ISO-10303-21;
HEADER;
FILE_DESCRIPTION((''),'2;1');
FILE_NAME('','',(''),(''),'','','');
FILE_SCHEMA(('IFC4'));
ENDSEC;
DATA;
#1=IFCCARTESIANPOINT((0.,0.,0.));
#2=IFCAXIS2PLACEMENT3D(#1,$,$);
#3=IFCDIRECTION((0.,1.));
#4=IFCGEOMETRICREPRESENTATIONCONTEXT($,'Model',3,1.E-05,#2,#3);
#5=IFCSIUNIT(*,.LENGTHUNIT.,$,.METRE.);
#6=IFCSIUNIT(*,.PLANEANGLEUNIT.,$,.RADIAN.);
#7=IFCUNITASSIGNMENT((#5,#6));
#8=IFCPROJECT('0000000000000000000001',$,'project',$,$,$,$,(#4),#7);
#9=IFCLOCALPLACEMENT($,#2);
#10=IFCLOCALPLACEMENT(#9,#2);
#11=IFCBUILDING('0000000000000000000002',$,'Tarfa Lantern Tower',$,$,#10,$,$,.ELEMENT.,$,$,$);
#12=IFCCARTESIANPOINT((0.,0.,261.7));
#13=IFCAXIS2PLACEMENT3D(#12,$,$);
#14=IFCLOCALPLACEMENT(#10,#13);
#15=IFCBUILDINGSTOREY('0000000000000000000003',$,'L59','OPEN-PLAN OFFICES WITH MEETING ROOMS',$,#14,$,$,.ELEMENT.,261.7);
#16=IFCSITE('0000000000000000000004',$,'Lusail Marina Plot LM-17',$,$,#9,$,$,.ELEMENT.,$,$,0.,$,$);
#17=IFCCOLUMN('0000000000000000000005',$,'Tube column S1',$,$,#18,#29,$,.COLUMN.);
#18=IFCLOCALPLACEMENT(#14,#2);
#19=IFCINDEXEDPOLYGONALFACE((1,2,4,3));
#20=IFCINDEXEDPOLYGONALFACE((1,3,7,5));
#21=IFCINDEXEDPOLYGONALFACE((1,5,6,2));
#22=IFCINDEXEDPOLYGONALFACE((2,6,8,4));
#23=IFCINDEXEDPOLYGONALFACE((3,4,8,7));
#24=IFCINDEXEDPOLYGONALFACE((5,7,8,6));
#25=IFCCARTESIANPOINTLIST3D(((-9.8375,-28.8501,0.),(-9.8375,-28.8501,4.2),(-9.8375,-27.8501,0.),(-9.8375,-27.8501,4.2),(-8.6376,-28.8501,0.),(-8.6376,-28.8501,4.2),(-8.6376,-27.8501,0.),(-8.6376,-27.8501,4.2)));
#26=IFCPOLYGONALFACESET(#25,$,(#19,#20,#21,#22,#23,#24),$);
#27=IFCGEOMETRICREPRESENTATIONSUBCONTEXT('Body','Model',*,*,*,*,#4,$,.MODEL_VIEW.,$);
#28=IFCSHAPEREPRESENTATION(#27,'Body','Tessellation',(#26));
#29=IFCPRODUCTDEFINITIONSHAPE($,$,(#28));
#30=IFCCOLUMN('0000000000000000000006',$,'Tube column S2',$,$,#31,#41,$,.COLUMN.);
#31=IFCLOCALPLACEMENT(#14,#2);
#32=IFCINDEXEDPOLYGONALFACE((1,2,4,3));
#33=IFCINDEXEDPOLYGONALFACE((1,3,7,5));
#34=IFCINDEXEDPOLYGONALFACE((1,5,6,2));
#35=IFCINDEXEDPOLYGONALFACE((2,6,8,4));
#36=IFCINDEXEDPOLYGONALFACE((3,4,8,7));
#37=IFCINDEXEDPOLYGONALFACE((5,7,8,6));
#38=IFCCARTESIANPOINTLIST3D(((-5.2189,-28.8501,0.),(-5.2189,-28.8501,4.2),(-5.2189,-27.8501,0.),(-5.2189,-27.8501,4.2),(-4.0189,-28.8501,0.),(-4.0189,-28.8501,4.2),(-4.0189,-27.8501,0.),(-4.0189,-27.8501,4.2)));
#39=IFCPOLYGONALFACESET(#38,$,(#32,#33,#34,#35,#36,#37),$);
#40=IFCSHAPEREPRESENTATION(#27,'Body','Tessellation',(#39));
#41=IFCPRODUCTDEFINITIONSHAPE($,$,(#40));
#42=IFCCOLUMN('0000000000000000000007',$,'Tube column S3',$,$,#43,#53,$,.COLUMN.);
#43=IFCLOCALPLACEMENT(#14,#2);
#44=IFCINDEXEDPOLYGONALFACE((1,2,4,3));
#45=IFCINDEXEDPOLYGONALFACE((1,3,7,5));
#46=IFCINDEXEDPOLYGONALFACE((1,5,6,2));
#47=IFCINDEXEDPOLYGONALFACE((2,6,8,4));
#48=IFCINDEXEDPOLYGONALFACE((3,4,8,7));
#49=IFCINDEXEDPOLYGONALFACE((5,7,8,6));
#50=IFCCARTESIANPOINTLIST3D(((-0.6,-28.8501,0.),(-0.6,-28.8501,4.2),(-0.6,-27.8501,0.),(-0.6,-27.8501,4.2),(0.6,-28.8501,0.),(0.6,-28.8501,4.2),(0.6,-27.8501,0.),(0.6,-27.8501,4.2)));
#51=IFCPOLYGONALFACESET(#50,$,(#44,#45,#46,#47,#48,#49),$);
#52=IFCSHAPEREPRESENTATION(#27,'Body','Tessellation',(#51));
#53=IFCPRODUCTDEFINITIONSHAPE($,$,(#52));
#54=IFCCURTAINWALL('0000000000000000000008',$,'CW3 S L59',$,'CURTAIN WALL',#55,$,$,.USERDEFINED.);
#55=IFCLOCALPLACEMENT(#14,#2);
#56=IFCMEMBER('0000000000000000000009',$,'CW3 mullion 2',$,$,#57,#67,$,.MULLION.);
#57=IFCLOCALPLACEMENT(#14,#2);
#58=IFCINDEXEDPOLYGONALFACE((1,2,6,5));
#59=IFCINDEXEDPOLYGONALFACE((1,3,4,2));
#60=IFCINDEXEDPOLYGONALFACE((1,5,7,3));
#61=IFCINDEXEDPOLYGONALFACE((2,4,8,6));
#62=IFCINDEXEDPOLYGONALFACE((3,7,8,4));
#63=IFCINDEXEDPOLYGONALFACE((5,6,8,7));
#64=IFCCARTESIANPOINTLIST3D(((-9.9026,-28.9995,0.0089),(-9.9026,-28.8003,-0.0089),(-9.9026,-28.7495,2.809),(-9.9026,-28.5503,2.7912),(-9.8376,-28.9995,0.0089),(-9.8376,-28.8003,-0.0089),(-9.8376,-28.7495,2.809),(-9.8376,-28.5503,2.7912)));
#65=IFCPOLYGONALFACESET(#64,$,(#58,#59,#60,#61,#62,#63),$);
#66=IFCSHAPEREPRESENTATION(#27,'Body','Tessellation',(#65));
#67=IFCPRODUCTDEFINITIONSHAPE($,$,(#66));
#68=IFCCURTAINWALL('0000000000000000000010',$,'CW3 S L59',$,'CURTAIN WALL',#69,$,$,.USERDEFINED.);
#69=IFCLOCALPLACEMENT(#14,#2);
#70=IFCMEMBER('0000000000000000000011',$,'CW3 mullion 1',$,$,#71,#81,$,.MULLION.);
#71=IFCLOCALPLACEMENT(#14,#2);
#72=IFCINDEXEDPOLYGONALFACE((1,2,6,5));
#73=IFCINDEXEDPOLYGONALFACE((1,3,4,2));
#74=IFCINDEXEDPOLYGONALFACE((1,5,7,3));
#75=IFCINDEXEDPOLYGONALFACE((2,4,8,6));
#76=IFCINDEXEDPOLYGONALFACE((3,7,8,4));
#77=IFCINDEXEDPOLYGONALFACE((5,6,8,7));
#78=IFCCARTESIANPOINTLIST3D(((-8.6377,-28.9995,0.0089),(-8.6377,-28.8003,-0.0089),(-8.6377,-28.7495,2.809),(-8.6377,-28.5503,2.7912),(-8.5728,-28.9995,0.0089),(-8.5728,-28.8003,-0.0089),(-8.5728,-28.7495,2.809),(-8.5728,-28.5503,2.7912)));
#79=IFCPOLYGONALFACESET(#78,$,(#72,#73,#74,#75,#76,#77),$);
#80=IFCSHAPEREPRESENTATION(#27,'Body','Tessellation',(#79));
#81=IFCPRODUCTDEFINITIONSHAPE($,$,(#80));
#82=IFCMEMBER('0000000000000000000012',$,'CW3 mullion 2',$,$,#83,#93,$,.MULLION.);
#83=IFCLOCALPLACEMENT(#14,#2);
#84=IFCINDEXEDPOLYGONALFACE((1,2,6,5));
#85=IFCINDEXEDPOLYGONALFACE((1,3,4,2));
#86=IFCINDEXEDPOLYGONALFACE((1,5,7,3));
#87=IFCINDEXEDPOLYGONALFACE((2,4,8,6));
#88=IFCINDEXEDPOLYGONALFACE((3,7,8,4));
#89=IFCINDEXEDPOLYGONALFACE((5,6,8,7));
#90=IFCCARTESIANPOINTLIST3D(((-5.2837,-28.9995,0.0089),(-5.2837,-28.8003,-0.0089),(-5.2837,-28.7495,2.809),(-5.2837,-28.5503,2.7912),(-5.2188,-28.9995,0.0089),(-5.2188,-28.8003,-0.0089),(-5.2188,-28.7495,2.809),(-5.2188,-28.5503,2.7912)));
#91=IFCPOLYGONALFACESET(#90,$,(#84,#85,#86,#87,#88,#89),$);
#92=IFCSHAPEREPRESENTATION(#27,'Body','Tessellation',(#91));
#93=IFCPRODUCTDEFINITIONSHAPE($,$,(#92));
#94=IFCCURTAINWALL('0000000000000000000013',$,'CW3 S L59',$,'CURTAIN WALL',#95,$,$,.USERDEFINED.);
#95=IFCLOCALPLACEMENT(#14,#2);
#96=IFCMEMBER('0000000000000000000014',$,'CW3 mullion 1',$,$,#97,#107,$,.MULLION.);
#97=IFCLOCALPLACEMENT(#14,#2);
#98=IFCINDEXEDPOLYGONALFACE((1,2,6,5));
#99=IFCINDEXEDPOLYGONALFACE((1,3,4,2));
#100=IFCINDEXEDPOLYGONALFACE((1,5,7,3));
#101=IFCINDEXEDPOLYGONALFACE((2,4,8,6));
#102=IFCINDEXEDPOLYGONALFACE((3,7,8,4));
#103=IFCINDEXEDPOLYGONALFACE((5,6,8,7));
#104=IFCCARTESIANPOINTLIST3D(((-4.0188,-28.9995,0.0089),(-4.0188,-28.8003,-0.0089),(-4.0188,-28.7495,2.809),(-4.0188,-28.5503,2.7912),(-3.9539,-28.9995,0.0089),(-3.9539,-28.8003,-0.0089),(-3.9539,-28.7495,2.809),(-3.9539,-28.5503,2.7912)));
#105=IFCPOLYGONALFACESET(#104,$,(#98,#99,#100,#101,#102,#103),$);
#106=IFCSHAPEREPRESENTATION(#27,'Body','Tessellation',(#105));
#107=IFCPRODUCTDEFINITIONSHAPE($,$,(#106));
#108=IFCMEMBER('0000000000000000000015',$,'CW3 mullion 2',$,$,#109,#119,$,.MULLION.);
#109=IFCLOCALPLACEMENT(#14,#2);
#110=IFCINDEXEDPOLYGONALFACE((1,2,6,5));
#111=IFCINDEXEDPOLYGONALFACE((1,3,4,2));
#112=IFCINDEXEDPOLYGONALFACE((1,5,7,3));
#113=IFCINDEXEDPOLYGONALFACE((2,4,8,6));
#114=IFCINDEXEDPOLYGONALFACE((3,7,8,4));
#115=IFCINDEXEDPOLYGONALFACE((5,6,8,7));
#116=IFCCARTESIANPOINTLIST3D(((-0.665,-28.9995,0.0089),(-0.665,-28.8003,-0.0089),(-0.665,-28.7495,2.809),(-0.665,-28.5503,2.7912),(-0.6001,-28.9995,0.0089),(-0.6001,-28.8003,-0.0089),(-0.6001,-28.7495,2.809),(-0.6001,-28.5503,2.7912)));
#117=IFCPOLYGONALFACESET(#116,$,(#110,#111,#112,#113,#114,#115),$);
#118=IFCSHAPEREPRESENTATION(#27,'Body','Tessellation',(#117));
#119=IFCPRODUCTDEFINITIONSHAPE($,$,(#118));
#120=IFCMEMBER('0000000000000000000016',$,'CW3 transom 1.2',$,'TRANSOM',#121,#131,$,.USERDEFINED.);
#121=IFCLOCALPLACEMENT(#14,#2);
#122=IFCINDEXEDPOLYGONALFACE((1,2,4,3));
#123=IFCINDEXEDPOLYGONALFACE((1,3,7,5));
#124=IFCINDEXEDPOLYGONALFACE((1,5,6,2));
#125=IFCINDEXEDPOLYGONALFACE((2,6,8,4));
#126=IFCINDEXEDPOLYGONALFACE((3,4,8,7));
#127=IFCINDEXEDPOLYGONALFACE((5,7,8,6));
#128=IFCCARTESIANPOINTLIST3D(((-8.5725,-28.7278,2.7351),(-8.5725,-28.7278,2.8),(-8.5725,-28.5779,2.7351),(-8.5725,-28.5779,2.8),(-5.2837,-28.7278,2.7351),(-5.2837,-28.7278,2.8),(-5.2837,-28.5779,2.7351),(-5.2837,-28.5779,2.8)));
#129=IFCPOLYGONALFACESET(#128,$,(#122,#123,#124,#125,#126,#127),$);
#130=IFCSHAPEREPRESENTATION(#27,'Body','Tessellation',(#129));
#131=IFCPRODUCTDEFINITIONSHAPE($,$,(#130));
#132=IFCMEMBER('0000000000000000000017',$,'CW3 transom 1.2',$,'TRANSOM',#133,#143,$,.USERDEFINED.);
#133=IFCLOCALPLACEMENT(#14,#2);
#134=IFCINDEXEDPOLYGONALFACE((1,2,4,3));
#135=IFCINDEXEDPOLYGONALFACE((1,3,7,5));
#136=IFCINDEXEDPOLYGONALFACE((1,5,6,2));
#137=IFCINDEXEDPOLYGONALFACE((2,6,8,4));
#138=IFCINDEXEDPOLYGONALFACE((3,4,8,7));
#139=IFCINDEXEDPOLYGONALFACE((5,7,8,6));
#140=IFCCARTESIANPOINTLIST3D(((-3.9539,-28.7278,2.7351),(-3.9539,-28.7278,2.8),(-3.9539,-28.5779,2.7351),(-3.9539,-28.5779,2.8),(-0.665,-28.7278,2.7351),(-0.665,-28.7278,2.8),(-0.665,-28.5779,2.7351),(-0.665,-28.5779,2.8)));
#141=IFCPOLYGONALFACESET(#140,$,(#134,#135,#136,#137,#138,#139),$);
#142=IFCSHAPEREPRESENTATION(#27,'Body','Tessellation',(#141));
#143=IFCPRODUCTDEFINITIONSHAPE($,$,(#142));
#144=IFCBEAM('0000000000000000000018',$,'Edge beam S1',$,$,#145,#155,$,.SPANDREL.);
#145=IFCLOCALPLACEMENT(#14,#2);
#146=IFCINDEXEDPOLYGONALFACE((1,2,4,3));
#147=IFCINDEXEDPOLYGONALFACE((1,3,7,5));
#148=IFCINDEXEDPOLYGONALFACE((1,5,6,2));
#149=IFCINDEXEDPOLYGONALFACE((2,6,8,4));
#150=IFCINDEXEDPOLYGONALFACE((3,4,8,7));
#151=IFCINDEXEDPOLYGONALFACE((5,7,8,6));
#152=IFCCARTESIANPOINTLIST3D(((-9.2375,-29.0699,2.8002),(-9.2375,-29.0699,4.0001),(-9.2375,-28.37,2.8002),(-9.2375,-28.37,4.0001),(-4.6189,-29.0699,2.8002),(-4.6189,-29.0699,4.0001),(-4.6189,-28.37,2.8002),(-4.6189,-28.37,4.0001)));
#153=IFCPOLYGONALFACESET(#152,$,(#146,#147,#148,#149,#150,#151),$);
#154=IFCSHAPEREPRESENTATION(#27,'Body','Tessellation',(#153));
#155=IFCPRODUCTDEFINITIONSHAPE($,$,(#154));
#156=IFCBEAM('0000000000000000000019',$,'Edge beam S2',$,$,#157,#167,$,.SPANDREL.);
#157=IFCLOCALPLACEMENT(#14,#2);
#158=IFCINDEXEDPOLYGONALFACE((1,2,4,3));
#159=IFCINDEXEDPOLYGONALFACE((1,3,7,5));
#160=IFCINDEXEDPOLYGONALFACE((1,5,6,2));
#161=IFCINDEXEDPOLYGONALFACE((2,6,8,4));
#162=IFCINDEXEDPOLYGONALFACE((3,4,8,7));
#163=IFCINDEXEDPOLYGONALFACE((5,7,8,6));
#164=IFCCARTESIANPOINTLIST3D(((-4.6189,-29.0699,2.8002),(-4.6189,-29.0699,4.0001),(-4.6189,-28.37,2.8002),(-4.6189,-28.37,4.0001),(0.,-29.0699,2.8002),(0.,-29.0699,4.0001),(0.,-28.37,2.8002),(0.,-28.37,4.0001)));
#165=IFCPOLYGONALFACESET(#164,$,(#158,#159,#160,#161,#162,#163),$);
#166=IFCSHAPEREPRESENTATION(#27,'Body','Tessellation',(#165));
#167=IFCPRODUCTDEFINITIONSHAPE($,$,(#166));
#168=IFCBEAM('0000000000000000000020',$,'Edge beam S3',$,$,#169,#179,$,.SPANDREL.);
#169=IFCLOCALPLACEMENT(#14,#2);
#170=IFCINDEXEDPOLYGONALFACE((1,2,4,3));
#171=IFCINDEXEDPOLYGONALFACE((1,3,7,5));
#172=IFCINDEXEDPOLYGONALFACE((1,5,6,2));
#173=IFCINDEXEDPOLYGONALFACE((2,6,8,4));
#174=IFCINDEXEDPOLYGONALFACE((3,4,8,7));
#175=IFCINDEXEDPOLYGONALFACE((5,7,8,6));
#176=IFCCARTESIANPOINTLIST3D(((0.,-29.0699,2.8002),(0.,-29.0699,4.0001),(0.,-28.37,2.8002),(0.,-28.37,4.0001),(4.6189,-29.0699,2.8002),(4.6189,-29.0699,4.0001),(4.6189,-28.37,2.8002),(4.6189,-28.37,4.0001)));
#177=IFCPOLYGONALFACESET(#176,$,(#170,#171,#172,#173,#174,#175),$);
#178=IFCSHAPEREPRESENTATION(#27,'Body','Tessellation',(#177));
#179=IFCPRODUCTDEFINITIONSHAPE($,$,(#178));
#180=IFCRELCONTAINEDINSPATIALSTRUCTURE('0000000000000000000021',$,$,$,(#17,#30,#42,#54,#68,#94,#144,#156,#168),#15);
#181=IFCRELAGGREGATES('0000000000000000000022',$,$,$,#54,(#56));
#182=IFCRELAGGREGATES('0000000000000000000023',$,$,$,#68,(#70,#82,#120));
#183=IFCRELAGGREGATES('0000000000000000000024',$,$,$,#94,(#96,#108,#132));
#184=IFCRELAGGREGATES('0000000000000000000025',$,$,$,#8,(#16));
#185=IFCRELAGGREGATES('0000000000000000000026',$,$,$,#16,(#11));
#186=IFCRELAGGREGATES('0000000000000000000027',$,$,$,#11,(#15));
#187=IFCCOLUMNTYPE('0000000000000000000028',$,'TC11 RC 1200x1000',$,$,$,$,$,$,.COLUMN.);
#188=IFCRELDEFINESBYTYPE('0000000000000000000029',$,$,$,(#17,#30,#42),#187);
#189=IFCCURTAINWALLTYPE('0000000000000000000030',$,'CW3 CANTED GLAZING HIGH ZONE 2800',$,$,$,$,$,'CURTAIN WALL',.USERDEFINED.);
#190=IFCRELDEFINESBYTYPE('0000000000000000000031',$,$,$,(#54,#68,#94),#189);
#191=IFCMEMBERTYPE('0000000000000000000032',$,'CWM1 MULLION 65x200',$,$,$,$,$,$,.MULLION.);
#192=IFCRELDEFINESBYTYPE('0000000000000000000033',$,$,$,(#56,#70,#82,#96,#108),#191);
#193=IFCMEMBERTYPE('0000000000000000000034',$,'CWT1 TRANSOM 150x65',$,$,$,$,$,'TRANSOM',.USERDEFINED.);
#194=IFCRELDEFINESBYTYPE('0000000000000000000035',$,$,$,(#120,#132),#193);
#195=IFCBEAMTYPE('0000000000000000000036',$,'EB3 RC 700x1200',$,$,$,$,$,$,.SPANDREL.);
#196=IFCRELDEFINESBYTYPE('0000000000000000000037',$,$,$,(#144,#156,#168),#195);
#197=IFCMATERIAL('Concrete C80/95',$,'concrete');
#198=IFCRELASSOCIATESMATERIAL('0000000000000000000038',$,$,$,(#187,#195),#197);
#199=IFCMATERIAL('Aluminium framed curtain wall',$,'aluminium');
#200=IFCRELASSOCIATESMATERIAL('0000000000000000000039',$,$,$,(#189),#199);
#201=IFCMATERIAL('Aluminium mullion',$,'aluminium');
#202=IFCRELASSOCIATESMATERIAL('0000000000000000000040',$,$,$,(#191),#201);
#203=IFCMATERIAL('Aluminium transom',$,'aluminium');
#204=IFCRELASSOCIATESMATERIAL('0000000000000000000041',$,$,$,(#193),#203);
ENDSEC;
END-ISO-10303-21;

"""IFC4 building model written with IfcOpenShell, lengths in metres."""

from ifc_helpers import new_model, si_unit, direction, frame, origin, origin_2d, place, context, subcontext, project, spatial, rectangle, extrude, material, material_profile, profile_set, type_object, element, aggregate, save


model = new_model("IFC4")

# Units and contexts
model_context = context("Model", 3, precision=1e-05, world=origin(), true_north=direction((0.0, 1.0)))
body_context = subcontext(model_context, "Body", "Model", "MODEL_VIEW")
ifc_project = project(units=[si_unit("LENGTHUNIT", "METRE"), si_unit("PLANEANGLEUNIT", "RADIAN")], contexts=[model_context])

# Site, building, storey
site_placement = place(None, origin())
site = spatial("IfcSite", under=ifc_project, at=site_placement, Name="Lusail Marina Plot LM-17", CompositionType="ELEMENT", RefElevation=0.0)
building_placement = place(site_placement, origin())
building = spatial("IfcBuilding", under=site, at=building_placement, Name="Tarfa Lantern Tower", CompositionType="ELEMENT")
storey_placement = place(building_placement, frame((0.0, 0.0, 261.7)))
storey = spatial("IfcBuildingStorey", under=building, at=storey_placement, Name="L59", Description="OPEN-PLAN OFFICES WITH MEETING ROOMS", CompositionType="ELEMENT", Elevation=261.7)

# Columns
ifc_material_1 = material(Name="Concrete C80/95", Category="concrete")
ifc_material_profile_1 = material_profile(ifc_material_1, rectangle(XDim=1.2, YDim=1.0, at=origin_2d()), Name="RC 1200x1000")
ifc_profile_set_1 = profile_set([ifc_material_profile_1], Name="Concrete C80/95")
column_type = type_object("IfcColumnType", Name="TC11 RC 1200x1000", PredefinedType="COLUMN", material=ifc_profile_set_1)
for number, where, z_axis, x_axis, name in (
    (1, (-9.2375, -28.3501, 0.0), (0.0, 0.0, 1.0), (1.0, 0.0, 0.0), "Tube column S1"),
    (2, (-4.6189, -28.3501, 0.0), (0.0, 0.0, 1.0), (1.0, 0.0, 0.0), "Tube column S2"),
    (3, (0.0, -28.3501, 0.0), (0.0, 0.0, 1.0), (1.0, 0.0, 0.0), "Tube column S3"),
):
    element("IfcColumn", number, at=place(storey_placement, frame(where, z_axis=z_axis, x_axis=x_axis)), inside=storey, type_object=column_type, Name=name, PredefinedType="COLUMN", context=body_context, shape_type="SweptSolid", body=[
        extrude(rectangle(XDim=1.2, YDim=1.0, at=origin_2d()), origin(), (0.0, 0.0, 1.0), 4.2),
    ])

# Curtain wall, member
ifc_material_2 = material(Name="Aluminium framed curtain wall", Category="aluminium")
curtain_wall_type = type_object("IfcCurtainWallType", Name="CW3 CANTED GLAZING HIGH ZONE 2800", ElementType="CURTAIN WALL", PredefinedType="USERDEFINED", material=ifc_material_2)
curtain_wall_1_placement = place(storey_placement, origin())
curtain_wall_1 = element("IfcCurtainWall", 4, at=curtain_wall_1_placement, inside=storey, type_object=curtain_wall_type, Name="CW3 S L59", ObjectType="CURTAIN WALL", PredefinedType="USERDEFINED")
ifc_material_3 = material(Name="Aluminium mullion", Category="aluminium")
ifc_material_profile_2 = material_profile(ifc_material_3, rectangle(XDim=0.0649, YDim=0.2, at=origin_2d()), Name="AL MULLION 65x200")
ifc_profile_set_2 = profile_set([ifc_material_profile_2], Name="Aluminium mullion")
member_type_1 = type_object("IfcMemberType", Name="CWM1 MULLION 65x200", PredefinedType="MULLION", material=ifc_profile_set_2)
member_1_placement = place(storey_placement, frame((-9.8701, -28.8999, 0.0), z_axis=(0.0, 0.08893, 0.996038), x_axis=(-1.0, 0.0, 0.0)))
member_1 = element("IfcMember", 5, at=member_1_placement, type_object=member_type_1, Name="CW3 mullion 2", PredefinedType="MULLION", context=body_context, shape_type="SweptSolid", body=[
    extrude(rectangle(XDim=0.0649, YDim=0.2, at=origin_2d()), origin(), (0.0, 0.0, 1.0), 2.8113),
])
aggregate(curtain_wall_1, [member_1])

# Curtain walls, members
curtain_wall_2_placement = place(storey_placement, origin())
curtain_wall_2 = element("IfcCurtainWall", 6, at=curtain_wall_2_placement, inside=storey, type_object=curtain_wall_type, Name="CW3 S L59", ObjectType="CURTAIN WALL", PredefinedType="USERDEFINED")
member_2_placement = place(storey_placement, frame((-8.6052, -28.8999, 0.0), z_axis=(0.0, 0.08893, 0.996038), x_axis=(-1.0, 0.0, 0.0)))
member_2 = element("IfcMember", 7, at=member_2_placement, type_object=member_type_1, Name="CW3 mullion 1", PredefinedType="MULLION", context=body_context, shape_type="SweptSolid", body=[
    extrude(rectangle(XDim=0.0649, YDim=0.2, at=origin_2d()), origin(), (0.0, 0.0, 1.0), 2.8113),
])
member_3_placement = place(storey_placement, frame((-5.2512, -28.8999, 0.0), z_axis=(0.0, 0.08893, 0.996038), x_axis=(-1.0, 0.0, 0.0)))
member_3 = element("IfcMember", 8, at=member_3_placement, type_object=member_type_1, Name="CW3 mullion 2", PredefinedType="MULLION", context=body_context, shape_type="SweptSolid", body=[
    extrude(rectangle(XDim=0.0649, YDim=0.2, at=origin_2d()), origin(), (0.0, 0.0, 1.0), 2.8113),
])
curtain_wall_3_placement = place(storey_placement, origin())
curtain_wall_3 = element("IfcCurtainWall", 9, at=curtain_wall_3_placement, inside=storey, type_object=curtain_wall_type, Name="CW3 S L59", ObjectType="CURTAIN WALL", PredefinedType="USERDEFINED")
member_4_placement = place(storey_placement, frame((-3.9863, -28.8999, 0.0), z_axis=(0.0, 0.08893, 0.996038), x_axis=(-1.0, 0.0, 0.0)))
member_4 = element("IfcMember", 10, at=member_4_placement, type_object=member_type_1, Name="CW3 mullion 1", PredefinedType="MULLION", context=body_context, shape_type="SweptSolid", body=[
    extrude(rectangle(XDim=0.0649, YDim=0.2, at=origin_2d()), origin(), (0.0, 0.0, 1.0), 2.8113),
])
member_5_placement = place(storey_placement, frame((-0.6326, -28.8999, 0.0), z_axis=(0.0, 0.08893, 0.996038), x_axis=(-1.0, 0.0, 0.0)))
member_5 = element("IfcMember", 11, at=member_5_placement, type_object=member_type_1, Name="CW3 mullion 2", PredefinedType="MULLION", context=body_context, shape_type="SweptSolid", body=[
    extrude(rectangle(XDim=0.0649, YDim=0.2, at=origin_2d()), origin(), (0.0, 0.0, 1.0), 2.8113),
])

# Members
ifc_material_4 = material(Name="Aluminium transom", Category="aluminium")
ifc_material_profile_3 = material_profile(ifc_material_4, rectangle(XDim=0.1499, YDim=0.0649, at=origin_2d()), Name="AL TRANSOM 150x65")
ifc_profile_set_3 = profile_set([ifc_material_profile_3], Name="Aluminium transom")
member_type_2 = type_object("IfcMemberType", Name="CWT1 TRANSOM 150x65", ElementType="TRANSOM", PredefinedType="USERDEFINED", material=ifc_profile_set_3)
member_6_placement = place(storey_placement, frame((-8.5725, -28.6528, 2.7676), z_axis=(1.0, 0.0, 0.0), x_axis=(0.0, 1.0, 0.0)))
member_6 = element("IfcMember", 12, at=member_6_placement, type_object=member_type_2, Name="CW3 transom 1.2", ObjectType="TRANSOM", PredefinedType="USERDEFINED", context=body_context, shape_type="SweptSolid", body=[
    extrude(rectangle(XDim=0.1499, YDim=0.0649, at=origin_2d()), origin(), (0.0, 0.0, 1.0), 3.2888),
])
member_7_placement = place(storey_placement, frame((-3.9539, -28.6528, 2.7676), z_axis=(1.0, 0.0, 0.0), x_axis=(0.0, 1.0, 0.0)))
member_7 = element("IfcMember", 13, at=member_7_placement, type_object=member_type_2, Name="CW3 transom 1.2", ObjectType="TRANSOM", PredefinedType="USERDEFINED", context=body_context, shape_type="SweptSolid", body=[
    extrude(rectangle(XDim=0.1499, YDim=0.0649, at=origin_2d()), origin(), (0.0, 0.0, 1.0), 3.2888),
])

# Beams
ifc_material_profile_4 = material_profile(ifc_material_1, rectangle(XDim=0.7, YDim=1.2, at=origin_2d()), Name="RC 700x1200")
ifc_profile_set_4 = profile_set([ifc_material_profile_4], Name="Concrete C80/95")
beam_type_1 = type_object("IfcBeamType", Name="EB3 RC 700x1200", PredefinedType="SPANDREL", material=ifc_profile_set_4)
beam_placement = place(storey_placement, frame((-9.2375, -28.72, 3.4001), z_axis=(1.0, 0.0, 0.0), x_axis=(0.0, 1.0, 0.0)))
element("IfcBeam", 14, at=beam_placement, inside=storey, type_object=beam_type_1, Name="Edge beam S1", PredefinedType="SPANDREL", context=body_context, shape_type="SweptSolid", body=[
    extrude(rectangle(XDim=0.7, YDim=1.2, at=origin_2d()), origin(), (0.0, 0.0, 1.0), 4.6187),
])
for number, where, z_axis, x_axis, name in (
    (15, (-4.6189, -28.72, 3.4001), (1.0, 0.0, 0.0), (0.0, 1.0, 0.0), "Edge beam S2"),
    (16, (0.0, -28.72, 3.4001), (1.0, 0.0, 0.0), (0.0, 1.0, 0.0), "Edge beam S3"),
):
    element("IfcBeam", number, at=place(storey_placement, frame(where, z_axis=z_axis, x_axis=x_axis)), inside=storey, type_object=beam_type_1, Name=name, PredefinedType="SPANDREL", context=body_context, shape_type="SweptSolid", body=[
        extrude(rectangle(XDim=0.7, YDim=1.2, at=origin_2d()), origin(), (0.0, 0.0, 1.0), 4.6189),
    ])

aggregate(curtain_wall_2, [member_2, member_3, member_6])
aggregate(curtain_wall_3, [member_4, member_5, member_7])

save(model, "model.ifc")
